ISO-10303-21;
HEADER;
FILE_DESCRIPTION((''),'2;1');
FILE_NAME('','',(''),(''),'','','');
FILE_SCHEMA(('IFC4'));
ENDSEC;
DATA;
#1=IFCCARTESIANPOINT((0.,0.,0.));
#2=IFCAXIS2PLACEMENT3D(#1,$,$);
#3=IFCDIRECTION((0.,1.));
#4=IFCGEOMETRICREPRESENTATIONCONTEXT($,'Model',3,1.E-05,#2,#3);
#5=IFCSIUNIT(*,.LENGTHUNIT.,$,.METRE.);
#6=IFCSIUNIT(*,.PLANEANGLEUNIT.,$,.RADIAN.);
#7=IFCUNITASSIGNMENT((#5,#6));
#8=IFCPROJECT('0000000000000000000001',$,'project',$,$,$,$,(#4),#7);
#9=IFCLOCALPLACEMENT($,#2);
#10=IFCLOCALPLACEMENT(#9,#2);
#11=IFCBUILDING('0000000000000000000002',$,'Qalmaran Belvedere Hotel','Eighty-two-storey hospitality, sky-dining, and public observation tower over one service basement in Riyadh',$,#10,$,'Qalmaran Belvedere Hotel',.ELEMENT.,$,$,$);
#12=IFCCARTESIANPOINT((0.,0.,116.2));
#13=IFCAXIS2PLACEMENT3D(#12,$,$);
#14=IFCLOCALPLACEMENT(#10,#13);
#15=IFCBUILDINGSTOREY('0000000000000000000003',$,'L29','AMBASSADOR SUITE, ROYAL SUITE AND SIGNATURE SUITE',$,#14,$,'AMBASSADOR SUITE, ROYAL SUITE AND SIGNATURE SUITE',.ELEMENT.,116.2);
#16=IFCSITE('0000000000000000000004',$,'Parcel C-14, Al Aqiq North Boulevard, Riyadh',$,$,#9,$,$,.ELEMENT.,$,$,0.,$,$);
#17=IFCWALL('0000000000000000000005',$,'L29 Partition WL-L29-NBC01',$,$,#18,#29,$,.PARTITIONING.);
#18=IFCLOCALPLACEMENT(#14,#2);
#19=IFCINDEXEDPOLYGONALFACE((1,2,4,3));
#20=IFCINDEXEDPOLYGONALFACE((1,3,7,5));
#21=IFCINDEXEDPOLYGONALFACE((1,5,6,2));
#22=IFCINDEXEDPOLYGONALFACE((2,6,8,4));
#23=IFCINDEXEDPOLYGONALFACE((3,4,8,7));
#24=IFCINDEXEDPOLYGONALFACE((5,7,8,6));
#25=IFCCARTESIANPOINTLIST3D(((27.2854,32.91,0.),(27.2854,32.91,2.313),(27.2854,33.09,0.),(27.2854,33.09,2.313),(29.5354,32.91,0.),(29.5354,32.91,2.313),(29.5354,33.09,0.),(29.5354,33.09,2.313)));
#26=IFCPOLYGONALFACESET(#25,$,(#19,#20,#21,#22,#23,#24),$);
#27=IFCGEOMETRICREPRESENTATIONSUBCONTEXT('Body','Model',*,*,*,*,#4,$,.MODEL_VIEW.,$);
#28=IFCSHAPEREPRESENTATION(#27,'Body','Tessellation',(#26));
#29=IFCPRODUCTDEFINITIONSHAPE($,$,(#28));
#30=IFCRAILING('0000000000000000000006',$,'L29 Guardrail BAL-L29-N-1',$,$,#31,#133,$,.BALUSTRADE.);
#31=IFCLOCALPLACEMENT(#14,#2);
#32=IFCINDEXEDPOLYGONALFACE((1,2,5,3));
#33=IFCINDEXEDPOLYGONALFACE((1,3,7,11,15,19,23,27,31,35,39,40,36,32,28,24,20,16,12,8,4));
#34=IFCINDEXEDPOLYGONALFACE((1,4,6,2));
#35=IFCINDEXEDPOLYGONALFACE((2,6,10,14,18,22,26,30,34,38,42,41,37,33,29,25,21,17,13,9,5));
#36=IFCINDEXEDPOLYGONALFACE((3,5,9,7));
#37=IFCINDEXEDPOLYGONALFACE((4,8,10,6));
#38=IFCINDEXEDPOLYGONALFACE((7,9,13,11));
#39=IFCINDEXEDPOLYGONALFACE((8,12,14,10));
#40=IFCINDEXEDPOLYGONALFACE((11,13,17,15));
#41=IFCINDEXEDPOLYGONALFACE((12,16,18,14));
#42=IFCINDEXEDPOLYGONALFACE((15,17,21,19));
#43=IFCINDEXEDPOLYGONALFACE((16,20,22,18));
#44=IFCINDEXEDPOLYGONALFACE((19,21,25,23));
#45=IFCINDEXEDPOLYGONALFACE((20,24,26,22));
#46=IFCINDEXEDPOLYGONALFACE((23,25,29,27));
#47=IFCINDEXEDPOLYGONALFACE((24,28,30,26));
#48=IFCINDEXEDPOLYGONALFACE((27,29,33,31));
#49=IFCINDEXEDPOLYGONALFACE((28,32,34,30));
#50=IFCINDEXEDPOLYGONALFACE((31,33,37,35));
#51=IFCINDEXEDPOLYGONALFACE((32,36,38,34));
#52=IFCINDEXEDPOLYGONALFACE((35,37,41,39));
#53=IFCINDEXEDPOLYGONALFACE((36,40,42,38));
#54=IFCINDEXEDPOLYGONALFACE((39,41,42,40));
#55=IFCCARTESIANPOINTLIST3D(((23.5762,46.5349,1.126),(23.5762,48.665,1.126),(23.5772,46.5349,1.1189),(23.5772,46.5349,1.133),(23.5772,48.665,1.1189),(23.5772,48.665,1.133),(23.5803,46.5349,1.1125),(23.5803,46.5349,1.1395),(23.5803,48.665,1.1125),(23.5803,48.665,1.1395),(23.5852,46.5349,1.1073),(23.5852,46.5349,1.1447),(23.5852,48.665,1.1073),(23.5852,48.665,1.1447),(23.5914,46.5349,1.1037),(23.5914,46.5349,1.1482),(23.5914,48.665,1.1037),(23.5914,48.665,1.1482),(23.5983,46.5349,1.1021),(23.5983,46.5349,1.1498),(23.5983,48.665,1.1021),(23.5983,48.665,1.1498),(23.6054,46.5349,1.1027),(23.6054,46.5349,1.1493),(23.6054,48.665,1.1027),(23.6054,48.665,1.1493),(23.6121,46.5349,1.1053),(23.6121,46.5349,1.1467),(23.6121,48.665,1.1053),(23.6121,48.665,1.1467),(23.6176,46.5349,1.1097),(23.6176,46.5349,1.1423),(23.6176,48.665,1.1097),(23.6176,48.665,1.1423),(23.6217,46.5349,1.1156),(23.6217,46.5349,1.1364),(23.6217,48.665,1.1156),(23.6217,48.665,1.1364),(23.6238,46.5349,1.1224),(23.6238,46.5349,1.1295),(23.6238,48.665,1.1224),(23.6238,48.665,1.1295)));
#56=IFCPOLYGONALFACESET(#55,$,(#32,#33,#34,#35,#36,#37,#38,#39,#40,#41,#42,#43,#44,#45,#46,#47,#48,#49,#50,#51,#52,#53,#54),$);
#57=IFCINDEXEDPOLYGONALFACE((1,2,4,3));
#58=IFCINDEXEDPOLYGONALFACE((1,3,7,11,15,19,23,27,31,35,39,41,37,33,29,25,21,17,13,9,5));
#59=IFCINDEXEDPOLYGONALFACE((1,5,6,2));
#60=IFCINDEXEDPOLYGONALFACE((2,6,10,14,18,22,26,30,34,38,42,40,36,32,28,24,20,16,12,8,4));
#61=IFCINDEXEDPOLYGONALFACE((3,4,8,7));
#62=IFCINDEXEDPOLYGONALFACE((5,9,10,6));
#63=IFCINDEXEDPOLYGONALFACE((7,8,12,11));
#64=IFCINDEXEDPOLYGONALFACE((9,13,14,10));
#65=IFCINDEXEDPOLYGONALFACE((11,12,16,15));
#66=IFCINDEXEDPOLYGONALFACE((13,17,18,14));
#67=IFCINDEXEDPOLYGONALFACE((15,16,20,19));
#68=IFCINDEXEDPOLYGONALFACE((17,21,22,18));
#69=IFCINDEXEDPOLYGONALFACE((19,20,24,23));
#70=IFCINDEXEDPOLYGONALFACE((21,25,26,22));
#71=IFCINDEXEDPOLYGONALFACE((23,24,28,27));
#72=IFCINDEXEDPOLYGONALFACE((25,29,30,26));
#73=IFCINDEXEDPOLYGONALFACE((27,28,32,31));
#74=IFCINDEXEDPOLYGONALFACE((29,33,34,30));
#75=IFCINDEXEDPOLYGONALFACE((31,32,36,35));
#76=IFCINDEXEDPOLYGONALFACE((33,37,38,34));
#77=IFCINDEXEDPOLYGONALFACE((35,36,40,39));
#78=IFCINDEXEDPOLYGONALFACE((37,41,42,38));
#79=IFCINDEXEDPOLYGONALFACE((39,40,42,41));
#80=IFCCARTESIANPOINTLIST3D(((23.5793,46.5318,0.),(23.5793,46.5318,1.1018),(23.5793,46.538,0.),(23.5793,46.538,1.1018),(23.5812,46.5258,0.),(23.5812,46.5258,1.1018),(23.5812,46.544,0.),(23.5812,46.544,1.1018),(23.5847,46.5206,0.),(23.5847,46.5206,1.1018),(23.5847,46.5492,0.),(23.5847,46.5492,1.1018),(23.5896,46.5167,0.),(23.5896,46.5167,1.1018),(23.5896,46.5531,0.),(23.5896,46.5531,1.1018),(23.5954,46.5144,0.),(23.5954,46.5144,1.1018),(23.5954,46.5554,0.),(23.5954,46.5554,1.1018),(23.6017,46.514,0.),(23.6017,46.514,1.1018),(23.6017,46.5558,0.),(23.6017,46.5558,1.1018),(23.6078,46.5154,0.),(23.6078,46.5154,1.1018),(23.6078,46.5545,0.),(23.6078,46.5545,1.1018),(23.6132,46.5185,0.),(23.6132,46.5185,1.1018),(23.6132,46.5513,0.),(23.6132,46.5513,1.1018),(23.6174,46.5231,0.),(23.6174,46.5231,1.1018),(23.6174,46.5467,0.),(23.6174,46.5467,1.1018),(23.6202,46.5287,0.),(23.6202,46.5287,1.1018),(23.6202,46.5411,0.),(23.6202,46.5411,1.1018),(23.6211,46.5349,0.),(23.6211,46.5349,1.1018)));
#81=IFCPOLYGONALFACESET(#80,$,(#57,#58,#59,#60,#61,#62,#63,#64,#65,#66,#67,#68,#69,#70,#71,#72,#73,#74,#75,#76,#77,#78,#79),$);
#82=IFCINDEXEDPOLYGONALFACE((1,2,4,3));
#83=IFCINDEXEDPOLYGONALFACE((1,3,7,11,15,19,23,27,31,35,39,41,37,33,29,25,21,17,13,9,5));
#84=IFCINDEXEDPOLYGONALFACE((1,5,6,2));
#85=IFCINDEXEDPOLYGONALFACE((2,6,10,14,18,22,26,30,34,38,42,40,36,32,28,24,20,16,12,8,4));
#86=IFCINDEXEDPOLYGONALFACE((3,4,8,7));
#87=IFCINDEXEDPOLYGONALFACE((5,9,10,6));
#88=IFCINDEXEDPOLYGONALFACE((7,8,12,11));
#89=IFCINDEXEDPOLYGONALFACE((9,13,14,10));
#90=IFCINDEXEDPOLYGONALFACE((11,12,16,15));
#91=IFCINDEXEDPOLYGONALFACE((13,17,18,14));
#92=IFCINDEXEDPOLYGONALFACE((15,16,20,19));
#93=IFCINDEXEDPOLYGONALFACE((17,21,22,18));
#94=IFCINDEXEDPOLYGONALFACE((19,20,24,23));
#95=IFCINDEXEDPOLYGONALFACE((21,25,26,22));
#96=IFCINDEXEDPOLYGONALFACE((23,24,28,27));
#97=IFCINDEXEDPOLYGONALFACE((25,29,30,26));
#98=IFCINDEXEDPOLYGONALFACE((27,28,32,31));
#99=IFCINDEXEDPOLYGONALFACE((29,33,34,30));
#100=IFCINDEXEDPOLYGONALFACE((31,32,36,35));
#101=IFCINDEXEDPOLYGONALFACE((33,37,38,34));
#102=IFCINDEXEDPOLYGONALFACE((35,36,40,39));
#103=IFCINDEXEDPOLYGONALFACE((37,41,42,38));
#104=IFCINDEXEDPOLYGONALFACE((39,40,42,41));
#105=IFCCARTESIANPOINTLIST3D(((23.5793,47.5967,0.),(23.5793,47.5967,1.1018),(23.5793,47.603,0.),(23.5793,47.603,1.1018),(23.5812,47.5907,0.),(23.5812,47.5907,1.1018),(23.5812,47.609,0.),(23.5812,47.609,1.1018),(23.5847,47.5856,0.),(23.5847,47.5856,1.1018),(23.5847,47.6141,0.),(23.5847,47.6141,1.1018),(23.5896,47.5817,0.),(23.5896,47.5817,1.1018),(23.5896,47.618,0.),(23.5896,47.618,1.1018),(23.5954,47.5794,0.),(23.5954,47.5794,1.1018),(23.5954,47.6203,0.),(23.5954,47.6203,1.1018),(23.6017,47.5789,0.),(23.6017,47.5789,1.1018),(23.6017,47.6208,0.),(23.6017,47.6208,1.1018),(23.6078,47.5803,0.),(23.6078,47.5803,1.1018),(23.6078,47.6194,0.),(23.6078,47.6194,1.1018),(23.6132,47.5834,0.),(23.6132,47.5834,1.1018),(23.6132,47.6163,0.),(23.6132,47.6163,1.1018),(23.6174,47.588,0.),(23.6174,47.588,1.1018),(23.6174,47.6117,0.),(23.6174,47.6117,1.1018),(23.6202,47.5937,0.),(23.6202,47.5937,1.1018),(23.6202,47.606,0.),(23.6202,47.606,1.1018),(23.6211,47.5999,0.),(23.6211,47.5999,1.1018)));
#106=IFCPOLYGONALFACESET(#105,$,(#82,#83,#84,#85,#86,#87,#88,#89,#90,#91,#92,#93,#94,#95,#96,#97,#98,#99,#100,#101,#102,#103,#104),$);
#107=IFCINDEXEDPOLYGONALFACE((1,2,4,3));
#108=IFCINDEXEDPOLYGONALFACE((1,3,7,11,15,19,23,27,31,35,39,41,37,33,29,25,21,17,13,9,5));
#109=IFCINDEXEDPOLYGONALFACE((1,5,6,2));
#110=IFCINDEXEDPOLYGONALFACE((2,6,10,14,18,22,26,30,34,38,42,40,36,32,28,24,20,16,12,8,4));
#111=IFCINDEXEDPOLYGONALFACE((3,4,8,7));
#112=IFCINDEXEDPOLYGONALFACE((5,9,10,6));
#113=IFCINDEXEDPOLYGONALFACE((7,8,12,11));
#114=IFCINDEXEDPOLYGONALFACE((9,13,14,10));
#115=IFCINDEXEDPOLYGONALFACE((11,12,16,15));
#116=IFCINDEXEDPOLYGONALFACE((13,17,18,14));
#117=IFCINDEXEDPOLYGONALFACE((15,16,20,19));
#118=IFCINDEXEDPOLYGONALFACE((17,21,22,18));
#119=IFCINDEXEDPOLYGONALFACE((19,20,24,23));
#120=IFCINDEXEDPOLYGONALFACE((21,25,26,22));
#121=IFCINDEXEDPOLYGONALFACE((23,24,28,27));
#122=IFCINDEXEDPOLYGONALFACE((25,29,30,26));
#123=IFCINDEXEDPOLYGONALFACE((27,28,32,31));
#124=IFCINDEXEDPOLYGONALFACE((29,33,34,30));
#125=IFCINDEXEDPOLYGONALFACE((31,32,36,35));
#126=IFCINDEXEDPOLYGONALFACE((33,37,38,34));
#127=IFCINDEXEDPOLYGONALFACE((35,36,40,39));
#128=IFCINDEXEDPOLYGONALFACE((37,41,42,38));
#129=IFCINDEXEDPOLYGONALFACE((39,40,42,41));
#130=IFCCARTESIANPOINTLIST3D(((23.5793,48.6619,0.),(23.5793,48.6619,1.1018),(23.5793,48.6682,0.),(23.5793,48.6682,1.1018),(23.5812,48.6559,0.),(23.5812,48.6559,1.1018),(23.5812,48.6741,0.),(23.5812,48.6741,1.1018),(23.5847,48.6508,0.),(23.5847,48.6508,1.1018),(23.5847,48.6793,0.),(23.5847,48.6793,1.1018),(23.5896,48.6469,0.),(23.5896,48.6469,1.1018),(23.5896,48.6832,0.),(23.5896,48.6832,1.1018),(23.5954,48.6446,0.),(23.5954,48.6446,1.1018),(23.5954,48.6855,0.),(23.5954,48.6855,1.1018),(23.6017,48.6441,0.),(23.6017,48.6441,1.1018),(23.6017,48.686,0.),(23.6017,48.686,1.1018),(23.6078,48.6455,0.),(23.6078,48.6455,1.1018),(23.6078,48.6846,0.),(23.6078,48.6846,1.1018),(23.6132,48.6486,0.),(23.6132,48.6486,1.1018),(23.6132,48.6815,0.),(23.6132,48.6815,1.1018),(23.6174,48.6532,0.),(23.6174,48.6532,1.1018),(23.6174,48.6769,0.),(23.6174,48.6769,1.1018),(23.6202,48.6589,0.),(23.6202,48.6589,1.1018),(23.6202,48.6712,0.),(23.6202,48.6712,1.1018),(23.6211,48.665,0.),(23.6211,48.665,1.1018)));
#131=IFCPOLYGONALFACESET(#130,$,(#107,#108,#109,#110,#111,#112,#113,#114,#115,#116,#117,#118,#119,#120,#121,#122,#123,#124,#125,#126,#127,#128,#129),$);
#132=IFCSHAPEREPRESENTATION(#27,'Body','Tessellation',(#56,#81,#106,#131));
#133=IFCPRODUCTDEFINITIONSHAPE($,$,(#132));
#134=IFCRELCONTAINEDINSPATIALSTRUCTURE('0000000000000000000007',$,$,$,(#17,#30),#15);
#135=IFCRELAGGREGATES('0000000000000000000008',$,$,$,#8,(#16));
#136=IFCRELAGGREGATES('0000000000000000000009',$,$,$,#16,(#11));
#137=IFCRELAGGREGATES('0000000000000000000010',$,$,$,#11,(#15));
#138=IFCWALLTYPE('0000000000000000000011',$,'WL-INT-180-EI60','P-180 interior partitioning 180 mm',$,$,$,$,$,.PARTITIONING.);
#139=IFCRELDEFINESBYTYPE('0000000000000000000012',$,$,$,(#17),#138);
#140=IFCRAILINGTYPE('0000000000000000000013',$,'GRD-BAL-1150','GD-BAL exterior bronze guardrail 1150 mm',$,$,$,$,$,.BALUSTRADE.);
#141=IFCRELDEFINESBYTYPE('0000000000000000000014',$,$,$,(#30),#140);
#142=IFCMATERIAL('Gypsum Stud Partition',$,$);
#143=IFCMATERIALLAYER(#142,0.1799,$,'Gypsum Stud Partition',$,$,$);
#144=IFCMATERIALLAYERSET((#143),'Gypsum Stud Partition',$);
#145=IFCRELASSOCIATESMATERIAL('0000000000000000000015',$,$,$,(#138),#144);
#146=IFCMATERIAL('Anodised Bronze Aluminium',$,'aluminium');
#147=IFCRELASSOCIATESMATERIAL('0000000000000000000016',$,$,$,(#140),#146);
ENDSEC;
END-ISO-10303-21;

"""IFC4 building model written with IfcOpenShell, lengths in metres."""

from ifc_helpers import new_model, si_unit, direction, frame, frame_2d, origin, origin_2d, place, context, subcontext, project, spatial, rectangle, circle, extrude, material, layer, layer_set, type_object, element, save


model = new_model("IFC4")

# Units and contexts
model_context = context("Model", 3, precision=1e-05, world=origin(), true_north=direction((0.0, 1.0)))
body_context = subcontext(model_context, "Body", "Model", "MODEL_VIEW")
ifc_project = project(units=[si_unit("LENGTHUNIT", "METRE"), si_unit("PLANEANGLEUNIT", "RADIAN")], contexts=[model_context])

# Site, building, storey
site_placement = place(None, origin())
site = spatial("IfcSite", under=ifc_project, at=site_placement, Name="Parcel C-14, Al Aqiq North Boulevard, Riyadh", CompositionType="ELEMENT", RefElevation=0.0)
building_placement = place(site_placement, origin())
building = spatial("IfcBuilding", under=site, at=building_placement, Name="Qalmaran Belvedere Hotel", Description="Eighty-two-storey hospitality, sky-dining, and public observation tower over one service basement in Riyadh", LongName="Qalmaran Belvedere Hotel", CompositionType="ELEMENT")
storey_placement = place(building_placement, frame((0.0, 0.0, 116.2)))
storey = spatial("IfcBuildingStorey", under=building, at=storey_placement, Name="L29", Description="AMBASSADOR SUITE, ROYAL SUITE AND SIGNATURE SUITE", LongName="AMBASSADOR SUITE, ROYAL SUITE AND SIGNATURE SUITE", CompositionType="ELEMENT", Elevation=116.2)

# Shared definitions
ifc_material_1 = material(Name="Anodised Bronze Aluminium", Category="aluminium")

# Wall
ifc_material_2 = material(Name="Gypsum Stud Partition")
ifc_layer_1 = layer(ifc_material_2, 0.1799, Name="Gypsum Stud Partition")
ifc_layer_set_1 = layer_set([ifc_layer_1], Name="Gypsum Stud Partition")
wall_type_1 = type_object("IfcWallType", Name="WL-INT-180-EI60", Description="P-180 interior partitioning 180 mm", PredefinedType="PARTITIONING", material=ifc_layer_set_1)
wall_1_placement = place(storey_placement, frame((27.2854, 33.0, 0.0), z_axis=(0.0, 0.0, 1.0), x_axis=(1.0, 0.0, 0.0)))
element("IfcWall", 1, at=wall_1_placement, inside=storey, type_object=wall_type_1, Name="L29 Partition WL-L29-NBC01", PredefinedType="PARTITIONING", context=body_context, shape_type="SweptSolid", body=[
    extrude(rectangle(XDim=2.25, YDim=0.1799, at=frame_2d((1.125, 0.0))), origin(), (0.0, 0.0, 1.0), 2.313),
])

# Railing
railing_type = type_object("IfcRailingType", Name="GRD-BAL-1150", Description="GD-BAL exterior bronze guardrail 1150 mm", PredefinedType="BALUSTRADE", material=ifc_material_1)
railing_1_placement = place(storey_placement, frame((23.6001, 46.5349, 0.0)))
element("IfcRailing", 2, at=railing_1_placement, inside=storey, type_object=railing_type, Name="L29 Guardrail BAL-L29-N-1", PredefinedType="BALUSTRADE", context=body_context, shape_type="SweptSolid", body=[
    extrude(circle(Radius=0.0239, at=origin_2d()), frame((0.0, 0.0, 1.126), z_axis=(0.0, 1.0, 0.0), x_axis=(-1.0, 0.0, 0.0)), (0.0, 0.0, 1.0), 2.1301),
    extrude(circle(Radius=0.021, at=origin_2d()), origin(), (0.0, 0.0, 1.0), 1.1018),
    extrude(circle(Radius=0.021, at=origin_2d()), frame((0.0, 1.0649, 0.0)), (0.0, 0.0, 1.0), 1.1018),
    extrude(circle(Radius=0.021, at=origin_2d()), frame((0.0, 2.1301, 0.0)), (0.0, 0.0, 1.0), 1.1018),
])

save(model, "model.ifc")
